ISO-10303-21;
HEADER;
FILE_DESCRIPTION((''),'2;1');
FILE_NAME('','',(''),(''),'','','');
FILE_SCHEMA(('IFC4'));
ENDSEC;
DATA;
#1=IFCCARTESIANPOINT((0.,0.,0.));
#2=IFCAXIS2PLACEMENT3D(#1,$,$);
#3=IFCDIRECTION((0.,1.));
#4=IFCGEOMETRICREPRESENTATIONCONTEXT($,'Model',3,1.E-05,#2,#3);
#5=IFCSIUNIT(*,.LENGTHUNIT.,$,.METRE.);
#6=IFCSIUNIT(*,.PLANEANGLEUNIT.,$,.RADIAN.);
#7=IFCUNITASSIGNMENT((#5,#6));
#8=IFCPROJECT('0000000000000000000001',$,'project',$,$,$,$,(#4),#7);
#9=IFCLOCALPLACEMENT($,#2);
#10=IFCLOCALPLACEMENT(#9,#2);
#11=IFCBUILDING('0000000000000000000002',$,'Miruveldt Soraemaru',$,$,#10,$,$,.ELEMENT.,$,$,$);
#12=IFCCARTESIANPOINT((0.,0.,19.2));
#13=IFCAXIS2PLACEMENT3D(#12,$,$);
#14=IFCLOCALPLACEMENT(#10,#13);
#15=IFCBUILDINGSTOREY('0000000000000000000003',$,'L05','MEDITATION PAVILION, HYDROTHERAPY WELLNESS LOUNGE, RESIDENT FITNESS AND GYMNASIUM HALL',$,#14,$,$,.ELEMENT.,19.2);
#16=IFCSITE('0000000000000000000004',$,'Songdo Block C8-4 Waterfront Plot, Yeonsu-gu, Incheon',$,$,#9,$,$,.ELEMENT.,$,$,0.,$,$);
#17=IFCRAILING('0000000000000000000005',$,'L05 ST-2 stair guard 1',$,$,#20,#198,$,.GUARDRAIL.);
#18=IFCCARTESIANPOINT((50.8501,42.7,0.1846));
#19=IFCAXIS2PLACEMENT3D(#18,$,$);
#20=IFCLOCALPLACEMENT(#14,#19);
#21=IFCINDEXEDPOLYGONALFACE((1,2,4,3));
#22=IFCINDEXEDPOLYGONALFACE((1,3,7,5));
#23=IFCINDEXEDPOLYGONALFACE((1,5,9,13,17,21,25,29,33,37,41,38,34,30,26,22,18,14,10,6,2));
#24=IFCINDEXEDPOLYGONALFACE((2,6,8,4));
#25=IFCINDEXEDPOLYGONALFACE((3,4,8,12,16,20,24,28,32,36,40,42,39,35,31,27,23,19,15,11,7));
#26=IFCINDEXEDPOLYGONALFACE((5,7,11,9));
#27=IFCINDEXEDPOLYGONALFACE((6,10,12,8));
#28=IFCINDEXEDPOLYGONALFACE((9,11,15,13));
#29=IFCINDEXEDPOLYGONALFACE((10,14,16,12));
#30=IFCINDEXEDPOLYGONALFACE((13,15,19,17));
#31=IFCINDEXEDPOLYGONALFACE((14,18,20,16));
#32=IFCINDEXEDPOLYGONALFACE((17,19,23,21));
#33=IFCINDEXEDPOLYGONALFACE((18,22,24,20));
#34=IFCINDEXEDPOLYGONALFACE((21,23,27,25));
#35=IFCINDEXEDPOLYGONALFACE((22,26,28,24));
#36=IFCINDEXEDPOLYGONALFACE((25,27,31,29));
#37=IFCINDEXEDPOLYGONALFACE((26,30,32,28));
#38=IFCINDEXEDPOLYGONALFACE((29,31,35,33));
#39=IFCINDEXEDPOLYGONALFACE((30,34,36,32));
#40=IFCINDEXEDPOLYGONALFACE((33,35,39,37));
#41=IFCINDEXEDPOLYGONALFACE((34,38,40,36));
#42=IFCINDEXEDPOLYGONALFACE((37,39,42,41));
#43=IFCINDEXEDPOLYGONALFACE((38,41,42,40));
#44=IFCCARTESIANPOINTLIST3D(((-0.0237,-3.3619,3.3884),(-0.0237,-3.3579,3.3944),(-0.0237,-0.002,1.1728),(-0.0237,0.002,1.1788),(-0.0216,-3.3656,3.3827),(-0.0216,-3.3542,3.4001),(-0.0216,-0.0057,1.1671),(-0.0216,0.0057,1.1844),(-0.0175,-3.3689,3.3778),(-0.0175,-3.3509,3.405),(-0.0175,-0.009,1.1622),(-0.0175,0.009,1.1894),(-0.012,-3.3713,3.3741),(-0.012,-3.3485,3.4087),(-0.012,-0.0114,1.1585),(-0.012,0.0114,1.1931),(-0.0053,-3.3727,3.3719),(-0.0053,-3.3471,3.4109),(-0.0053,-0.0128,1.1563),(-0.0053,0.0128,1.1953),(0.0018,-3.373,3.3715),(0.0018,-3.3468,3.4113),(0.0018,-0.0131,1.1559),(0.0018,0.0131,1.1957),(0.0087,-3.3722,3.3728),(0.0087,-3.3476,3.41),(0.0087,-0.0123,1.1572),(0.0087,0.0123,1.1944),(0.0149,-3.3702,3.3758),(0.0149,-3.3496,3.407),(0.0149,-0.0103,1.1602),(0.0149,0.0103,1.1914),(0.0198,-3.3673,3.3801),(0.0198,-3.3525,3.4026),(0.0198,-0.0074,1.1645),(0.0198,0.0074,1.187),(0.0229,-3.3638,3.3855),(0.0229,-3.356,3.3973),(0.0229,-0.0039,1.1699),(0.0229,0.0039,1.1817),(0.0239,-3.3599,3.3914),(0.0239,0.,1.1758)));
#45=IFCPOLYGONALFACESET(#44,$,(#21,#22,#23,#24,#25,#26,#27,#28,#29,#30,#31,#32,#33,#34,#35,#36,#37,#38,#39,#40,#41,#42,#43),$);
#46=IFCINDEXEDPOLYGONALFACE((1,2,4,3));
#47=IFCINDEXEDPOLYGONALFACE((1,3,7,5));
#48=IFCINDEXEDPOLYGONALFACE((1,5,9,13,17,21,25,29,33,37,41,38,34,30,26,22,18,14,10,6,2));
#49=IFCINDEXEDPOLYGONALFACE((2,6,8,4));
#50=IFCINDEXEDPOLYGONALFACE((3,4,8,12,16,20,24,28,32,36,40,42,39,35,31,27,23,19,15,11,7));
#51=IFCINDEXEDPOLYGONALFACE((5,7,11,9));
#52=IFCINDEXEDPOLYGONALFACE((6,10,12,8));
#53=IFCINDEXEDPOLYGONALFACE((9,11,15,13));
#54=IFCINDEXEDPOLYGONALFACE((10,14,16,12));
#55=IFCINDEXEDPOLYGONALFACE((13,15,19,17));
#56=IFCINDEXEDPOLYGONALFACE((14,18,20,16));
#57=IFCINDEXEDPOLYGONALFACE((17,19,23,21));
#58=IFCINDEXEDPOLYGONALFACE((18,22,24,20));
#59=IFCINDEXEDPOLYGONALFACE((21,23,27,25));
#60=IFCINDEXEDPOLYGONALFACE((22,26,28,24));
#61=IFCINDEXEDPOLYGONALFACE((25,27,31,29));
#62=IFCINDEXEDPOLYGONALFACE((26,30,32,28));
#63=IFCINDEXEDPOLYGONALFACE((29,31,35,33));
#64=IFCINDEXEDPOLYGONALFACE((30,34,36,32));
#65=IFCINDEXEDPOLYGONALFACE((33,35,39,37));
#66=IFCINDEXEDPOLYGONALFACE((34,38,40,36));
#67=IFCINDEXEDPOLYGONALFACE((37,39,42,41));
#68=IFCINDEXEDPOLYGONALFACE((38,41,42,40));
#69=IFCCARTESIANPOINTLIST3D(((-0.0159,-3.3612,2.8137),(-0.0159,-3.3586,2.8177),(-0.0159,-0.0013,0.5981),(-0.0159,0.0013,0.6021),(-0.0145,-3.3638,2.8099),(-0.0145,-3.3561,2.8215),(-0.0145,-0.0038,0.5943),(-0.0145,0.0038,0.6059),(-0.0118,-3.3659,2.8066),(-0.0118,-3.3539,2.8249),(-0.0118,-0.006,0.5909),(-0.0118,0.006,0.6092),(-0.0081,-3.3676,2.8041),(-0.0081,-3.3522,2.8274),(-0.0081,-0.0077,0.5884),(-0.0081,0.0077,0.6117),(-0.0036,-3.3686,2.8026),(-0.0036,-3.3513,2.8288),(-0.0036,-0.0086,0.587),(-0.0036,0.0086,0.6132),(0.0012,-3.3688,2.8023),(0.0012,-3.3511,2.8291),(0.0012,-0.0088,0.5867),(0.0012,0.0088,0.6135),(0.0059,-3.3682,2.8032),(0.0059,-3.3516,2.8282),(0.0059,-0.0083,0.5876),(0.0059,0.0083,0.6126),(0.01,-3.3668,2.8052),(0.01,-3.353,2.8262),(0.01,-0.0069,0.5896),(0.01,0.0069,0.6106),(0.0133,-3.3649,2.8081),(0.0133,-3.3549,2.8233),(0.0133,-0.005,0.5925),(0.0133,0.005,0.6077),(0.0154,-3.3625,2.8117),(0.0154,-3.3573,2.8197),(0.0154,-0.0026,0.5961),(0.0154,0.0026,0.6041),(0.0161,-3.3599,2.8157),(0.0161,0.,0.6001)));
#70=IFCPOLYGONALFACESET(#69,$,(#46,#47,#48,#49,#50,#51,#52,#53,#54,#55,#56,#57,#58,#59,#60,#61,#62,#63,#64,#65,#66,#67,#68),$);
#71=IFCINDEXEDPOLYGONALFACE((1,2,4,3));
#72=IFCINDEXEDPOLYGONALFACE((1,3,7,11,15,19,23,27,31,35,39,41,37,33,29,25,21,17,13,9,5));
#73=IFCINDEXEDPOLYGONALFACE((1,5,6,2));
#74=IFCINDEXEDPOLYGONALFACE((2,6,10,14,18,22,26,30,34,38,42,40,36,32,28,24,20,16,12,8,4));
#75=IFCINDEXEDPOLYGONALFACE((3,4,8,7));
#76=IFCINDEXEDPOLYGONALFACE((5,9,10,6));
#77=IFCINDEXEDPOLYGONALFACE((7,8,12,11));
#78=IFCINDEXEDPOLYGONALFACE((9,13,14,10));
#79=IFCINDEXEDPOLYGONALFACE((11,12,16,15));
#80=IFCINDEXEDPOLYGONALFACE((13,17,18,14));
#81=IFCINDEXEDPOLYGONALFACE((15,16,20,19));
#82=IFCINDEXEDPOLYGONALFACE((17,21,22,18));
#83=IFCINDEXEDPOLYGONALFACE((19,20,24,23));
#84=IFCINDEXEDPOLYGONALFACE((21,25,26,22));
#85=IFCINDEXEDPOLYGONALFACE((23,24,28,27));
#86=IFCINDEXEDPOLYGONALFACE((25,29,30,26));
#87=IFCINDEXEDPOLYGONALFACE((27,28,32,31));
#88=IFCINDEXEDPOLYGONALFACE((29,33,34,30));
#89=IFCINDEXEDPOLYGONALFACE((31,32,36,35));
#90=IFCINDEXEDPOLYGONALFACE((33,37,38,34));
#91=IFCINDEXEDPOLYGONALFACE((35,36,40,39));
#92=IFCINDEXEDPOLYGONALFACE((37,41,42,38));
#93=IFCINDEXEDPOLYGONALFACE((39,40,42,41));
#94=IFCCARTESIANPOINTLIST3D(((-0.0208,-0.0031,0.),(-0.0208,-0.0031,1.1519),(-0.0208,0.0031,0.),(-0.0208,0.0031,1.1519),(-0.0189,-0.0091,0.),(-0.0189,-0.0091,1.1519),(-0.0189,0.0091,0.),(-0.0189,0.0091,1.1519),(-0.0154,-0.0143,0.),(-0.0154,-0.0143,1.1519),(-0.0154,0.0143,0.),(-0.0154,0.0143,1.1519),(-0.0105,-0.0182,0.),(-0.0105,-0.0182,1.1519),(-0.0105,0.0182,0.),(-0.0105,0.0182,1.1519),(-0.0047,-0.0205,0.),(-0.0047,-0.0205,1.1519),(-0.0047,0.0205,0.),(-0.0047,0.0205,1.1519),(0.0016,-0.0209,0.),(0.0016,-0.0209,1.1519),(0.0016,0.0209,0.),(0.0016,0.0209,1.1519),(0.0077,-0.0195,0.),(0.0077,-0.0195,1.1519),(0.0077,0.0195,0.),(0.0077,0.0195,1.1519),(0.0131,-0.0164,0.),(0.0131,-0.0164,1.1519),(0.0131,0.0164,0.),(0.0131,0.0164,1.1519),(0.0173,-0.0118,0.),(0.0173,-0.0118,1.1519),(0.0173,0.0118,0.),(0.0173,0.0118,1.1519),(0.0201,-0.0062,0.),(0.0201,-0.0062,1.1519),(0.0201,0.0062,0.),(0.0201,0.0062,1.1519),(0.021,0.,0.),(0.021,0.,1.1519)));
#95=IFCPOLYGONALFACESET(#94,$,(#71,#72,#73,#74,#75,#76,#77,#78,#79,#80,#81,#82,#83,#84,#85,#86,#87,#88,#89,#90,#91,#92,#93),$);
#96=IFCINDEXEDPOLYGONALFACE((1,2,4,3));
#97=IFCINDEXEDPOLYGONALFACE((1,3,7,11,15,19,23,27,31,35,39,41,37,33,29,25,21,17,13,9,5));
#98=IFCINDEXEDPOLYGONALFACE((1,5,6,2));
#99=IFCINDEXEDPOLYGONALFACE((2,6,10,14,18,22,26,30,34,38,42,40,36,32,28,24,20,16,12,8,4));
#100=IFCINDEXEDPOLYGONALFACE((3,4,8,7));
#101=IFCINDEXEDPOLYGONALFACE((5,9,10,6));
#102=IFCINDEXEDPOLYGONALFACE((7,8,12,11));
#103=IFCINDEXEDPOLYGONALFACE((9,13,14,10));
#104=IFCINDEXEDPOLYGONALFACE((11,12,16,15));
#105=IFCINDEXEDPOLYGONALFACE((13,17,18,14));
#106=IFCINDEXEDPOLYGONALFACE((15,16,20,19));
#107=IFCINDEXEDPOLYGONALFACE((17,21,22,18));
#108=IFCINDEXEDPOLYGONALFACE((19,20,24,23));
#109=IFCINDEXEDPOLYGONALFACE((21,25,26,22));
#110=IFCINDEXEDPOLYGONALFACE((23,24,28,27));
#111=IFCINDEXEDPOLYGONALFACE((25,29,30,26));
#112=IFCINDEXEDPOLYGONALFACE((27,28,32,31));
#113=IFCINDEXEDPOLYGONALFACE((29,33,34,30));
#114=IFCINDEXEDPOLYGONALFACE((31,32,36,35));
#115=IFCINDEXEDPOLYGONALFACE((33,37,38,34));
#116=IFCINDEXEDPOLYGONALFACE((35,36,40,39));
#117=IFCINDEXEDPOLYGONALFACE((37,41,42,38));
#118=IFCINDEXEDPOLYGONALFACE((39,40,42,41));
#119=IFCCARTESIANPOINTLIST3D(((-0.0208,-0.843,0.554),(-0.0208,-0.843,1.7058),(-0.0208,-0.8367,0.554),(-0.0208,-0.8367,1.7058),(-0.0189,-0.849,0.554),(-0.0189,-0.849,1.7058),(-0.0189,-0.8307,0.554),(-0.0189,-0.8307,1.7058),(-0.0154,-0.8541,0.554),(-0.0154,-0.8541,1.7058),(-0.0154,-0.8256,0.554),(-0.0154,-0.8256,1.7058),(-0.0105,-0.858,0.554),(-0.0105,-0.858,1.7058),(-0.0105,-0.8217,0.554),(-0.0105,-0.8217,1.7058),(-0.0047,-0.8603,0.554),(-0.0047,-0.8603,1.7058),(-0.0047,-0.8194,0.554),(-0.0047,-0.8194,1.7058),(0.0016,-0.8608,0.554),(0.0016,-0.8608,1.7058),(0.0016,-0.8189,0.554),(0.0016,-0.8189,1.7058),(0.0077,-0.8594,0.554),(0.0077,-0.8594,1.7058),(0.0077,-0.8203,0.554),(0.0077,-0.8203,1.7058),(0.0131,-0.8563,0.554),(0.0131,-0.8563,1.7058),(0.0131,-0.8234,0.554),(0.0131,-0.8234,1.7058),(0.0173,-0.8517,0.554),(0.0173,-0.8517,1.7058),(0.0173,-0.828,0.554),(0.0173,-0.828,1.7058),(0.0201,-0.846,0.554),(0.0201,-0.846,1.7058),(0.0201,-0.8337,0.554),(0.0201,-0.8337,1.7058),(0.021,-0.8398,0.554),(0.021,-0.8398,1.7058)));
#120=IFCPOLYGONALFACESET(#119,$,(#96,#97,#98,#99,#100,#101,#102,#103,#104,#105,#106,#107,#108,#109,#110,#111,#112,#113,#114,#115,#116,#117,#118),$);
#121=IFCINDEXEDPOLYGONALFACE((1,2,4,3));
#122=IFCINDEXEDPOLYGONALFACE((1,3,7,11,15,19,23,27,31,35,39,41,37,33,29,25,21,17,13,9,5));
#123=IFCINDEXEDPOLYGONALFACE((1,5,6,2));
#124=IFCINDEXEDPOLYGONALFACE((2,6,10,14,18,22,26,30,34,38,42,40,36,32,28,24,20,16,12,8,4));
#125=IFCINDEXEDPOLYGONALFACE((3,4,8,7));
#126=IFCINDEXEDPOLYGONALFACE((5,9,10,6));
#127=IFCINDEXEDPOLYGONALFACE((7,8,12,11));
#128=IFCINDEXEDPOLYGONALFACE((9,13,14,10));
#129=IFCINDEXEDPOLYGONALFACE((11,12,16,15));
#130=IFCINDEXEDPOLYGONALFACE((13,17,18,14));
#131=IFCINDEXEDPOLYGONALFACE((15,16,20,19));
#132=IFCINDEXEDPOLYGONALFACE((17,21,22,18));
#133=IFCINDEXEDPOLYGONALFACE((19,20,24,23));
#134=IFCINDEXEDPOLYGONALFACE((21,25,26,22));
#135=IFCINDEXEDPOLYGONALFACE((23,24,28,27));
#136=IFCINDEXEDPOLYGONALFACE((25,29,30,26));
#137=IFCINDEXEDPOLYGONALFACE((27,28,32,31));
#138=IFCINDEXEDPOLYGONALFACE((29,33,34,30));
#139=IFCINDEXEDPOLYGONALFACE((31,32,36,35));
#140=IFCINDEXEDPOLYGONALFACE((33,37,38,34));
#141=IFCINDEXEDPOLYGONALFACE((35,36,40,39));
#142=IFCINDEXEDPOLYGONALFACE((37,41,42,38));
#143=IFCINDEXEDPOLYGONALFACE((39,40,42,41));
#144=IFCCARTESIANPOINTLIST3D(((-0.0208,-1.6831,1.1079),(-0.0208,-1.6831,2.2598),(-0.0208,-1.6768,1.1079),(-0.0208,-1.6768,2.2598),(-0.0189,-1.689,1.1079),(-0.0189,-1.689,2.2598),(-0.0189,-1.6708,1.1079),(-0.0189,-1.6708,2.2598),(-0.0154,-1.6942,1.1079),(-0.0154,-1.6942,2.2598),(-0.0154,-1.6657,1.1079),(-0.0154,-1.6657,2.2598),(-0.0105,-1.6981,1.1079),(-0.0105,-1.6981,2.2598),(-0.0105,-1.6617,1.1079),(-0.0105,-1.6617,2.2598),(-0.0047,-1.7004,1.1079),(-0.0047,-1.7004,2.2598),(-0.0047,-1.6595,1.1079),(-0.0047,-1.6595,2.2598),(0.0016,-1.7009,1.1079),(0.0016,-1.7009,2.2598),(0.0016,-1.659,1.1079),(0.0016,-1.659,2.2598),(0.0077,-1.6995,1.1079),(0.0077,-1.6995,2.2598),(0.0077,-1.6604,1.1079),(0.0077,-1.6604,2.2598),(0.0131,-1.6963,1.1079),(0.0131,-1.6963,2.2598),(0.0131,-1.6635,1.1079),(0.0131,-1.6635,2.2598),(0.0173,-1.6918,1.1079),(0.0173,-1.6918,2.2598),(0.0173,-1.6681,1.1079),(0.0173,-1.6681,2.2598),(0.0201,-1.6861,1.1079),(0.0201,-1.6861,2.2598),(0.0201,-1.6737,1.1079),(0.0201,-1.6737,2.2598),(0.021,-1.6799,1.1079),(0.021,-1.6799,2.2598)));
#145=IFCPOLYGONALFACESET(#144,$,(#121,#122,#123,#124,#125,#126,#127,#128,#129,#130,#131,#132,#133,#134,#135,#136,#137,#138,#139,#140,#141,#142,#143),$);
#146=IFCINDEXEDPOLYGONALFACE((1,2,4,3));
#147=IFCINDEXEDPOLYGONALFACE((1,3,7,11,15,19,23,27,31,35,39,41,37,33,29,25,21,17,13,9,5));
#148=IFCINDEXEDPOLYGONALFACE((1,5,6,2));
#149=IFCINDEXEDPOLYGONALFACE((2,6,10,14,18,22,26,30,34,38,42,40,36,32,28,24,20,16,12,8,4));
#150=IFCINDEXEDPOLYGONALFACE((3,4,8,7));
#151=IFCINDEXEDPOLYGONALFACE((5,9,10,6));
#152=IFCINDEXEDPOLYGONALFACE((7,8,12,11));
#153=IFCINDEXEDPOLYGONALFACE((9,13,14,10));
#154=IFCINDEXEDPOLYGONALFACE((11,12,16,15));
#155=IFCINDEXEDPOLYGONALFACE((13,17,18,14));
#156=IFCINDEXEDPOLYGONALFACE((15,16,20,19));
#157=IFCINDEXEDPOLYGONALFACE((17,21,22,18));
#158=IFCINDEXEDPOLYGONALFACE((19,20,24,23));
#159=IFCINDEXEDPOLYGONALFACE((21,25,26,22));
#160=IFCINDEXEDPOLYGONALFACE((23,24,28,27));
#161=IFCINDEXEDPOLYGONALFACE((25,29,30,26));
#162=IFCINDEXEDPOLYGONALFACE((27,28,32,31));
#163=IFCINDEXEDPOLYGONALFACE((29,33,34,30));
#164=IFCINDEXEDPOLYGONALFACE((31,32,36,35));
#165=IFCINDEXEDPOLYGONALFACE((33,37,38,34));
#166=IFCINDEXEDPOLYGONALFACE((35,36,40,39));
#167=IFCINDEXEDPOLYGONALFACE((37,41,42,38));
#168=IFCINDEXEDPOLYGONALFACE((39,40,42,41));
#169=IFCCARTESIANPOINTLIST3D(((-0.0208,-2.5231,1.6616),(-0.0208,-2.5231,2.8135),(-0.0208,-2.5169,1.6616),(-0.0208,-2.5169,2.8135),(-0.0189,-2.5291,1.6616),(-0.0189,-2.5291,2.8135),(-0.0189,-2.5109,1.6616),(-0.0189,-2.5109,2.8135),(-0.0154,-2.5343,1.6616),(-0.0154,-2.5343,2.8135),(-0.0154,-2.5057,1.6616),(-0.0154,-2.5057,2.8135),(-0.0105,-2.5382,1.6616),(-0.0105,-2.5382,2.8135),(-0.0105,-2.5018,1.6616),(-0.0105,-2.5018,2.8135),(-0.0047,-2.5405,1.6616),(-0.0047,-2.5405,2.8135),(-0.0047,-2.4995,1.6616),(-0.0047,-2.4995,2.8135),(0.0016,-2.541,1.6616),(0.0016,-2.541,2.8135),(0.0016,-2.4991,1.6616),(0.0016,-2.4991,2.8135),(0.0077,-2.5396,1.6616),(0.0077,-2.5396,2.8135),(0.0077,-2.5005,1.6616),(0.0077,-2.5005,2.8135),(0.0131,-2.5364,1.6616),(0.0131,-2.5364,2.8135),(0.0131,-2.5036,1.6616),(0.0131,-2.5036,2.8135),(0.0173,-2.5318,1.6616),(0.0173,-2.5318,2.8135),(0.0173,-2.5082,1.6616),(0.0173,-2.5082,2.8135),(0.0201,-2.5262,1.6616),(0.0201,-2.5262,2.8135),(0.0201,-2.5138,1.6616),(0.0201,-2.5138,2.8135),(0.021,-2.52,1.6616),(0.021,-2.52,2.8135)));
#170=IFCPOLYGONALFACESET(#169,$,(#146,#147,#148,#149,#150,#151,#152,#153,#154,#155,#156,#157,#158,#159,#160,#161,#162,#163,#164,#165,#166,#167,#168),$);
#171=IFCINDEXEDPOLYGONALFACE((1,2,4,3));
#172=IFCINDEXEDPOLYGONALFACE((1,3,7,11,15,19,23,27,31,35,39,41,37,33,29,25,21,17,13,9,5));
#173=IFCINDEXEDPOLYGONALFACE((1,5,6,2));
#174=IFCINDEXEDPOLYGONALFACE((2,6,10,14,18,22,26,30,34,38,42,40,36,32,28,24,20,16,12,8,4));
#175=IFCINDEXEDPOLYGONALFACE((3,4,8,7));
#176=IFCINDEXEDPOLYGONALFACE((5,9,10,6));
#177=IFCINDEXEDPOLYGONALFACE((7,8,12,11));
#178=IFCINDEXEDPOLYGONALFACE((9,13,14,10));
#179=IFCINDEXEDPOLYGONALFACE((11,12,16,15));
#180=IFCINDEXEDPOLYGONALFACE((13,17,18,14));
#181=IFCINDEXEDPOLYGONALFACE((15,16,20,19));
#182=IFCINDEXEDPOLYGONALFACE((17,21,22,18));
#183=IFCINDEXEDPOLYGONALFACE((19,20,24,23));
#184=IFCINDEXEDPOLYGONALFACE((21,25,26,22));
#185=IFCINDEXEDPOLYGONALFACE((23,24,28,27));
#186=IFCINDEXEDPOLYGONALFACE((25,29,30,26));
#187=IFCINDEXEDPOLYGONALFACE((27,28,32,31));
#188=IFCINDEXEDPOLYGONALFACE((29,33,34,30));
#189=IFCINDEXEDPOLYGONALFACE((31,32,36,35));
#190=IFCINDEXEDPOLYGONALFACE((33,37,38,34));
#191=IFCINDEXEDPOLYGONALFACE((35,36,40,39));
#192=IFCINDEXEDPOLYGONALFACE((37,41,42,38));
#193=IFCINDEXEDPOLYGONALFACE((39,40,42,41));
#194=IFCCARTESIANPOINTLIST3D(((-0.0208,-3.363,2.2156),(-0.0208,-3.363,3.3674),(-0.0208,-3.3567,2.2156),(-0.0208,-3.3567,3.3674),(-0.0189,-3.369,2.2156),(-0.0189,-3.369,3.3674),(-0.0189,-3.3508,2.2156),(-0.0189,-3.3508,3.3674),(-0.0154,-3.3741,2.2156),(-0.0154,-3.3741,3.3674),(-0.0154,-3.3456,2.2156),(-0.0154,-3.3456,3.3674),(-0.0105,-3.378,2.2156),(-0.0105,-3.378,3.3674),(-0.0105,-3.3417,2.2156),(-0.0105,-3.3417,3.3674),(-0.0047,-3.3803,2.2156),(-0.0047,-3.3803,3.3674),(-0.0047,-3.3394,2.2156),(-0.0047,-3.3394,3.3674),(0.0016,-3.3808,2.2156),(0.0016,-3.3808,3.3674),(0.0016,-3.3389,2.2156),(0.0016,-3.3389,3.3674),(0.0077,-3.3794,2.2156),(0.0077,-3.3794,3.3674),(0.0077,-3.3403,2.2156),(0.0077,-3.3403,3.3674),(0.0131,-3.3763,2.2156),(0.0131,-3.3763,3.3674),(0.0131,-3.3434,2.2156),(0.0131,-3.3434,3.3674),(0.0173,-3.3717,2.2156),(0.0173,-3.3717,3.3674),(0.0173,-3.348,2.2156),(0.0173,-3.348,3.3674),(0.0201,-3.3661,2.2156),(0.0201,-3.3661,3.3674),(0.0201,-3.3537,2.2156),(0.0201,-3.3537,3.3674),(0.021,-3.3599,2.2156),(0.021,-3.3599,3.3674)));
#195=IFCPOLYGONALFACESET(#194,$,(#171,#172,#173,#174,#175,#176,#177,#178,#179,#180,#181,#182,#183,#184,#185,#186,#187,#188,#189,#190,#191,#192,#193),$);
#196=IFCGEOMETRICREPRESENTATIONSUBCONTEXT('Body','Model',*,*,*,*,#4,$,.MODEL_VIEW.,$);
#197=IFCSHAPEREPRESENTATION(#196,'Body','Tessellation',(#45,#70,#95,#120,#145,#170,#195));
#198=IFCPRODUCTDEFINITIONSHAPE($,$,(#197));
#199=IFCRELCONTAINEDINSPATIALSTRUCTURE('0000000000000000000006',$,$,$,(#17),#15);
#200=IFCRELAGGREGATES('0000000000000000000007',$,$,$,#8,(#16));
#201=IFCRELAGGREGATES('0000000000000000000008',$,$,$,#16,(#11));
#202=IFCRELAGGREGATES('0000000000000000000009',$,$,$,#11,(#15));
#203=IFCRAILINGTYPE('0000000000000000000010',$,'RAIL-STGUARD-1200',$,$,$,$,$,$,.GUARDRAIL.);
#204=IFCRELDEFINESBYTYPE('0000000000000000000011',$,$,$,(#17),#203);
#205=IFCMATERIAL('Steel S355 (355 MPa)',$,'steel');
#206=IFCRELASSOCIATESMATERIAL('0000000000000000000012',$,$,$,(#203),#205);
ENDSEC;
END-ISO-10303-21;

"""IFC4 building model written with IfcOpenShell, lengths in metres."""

from ifc_helpers import new_model, si_unit, direction, frame, origin, origin_2d, place, context, subcontext, project, spatial, circle, extrude, material, type_object, element, save


model = new_model("IFC4")

# Units and contexts
model_context = context("Model", 3, precision=1e-05, world=origin(), true_north=direction((0.0, 1.0)))
body_context = subcontext(model_context, "Body", "Model", "MODEL_VIEW")
ifc_project = project(units=[si_unit("LENGTHUNIT", "METRE"), si_unit("PLANEANGLEUNIT", "RADIAN")], contexts=[model_context])

# Site, building, storey
site_placement = place(None, origin())
site = spatial("IfcSite", under=ifc_project, at=site_placement, Name="Songdo Block C8-4 Waterfront Plot, Yeonsu-gu, Incheon", CompositionType="ELEMENT", RefElevation=0.0)
building_placement = place(site_placement, origin())
building = spatial("IfcBuilding", under=site, at=building_placement, Name="Miruveldt Soraemaru", CompositionType="ELEMENT")
storey_placement = place(building_placement, frame((0.0, 0.0, 19.2)))
storey = spatial("IfcBuildingStorey", under=building, at=storey_placement, Name="L05", Description="MEDITATION PAVILION, HYDROTHERAPY WELLNESS LOUNGE, RESIDENT FITNESS AND GYMNASIUM HALL", CompositionType="ELEMENT", Elevation=19.2)

# Shared definitions
ifc_material_1 = material(Name="Steel S355 (355 MPa)", Category="steel")

# Railing
railing_type_1 = type_object("IfcRailingType", Name="RAIL-STGUARD-1200", PredefinedType="GUARDRAIL", material=ifc_material_1)
railing_1_placement = place(storey_placement, frame((50.8501, 42.7, 0.1846)))
element("IfcRailing", 1, at=railing_1_placement, inside=storey, type_object=railing_type_1, Name="L05 ST-2 stair guard 1", PredefinedType="GUARDRAIL", context=body_context, shape_type="SweptSolid", body=[
    extrude(circle(Radius=0.0239, at=origin_2d()), frame((0.0, 0.0, 1.1758), z_axis=(0.0, -0.83483, 0.550508), x_axis=(1.0, 0.0, 0.0)), (0.0, 0.0, 1.0), 4.0247),
    extrude(circle(Radius=0.0161, at=origin_2d()), frame((0.0, 0.0, 0.6001), z_axis=(0.0, -0.83483, 0.550508), x_axis=(1.0, 0.0, 0.0)), (0.0, 0.0, 1.0), 4.0247),
    extrude(circle(Radius=0.021, at=origin_2d()), origin(), (0.0, 0.0, 1.0), 1.1519),
    extrude(circle(Radius=0.021, at=origin_2d()), frame((0.0, -0.8398, 0.554)), (0.0, 0.0, 1.0), 1.1519),
    extrude(circle(Radius=0.021, at=origin_2d()), frame((0.0, -1.6799, 1.1079)), (0.0, 0.0, 1.0), 1.1519),
    extrude(circle(Radius=0.021, at=origin_2d()), frame((0.0, -2.52, 1.6616)), (0.0, 0.0, 1.0), 1.1519),
    extrude(circle(Radius=0.021, at=origin_2d()), frame((0.0, -3.3599, 2.2156)), (0.0, 0.0, 1.0), 1.1519),
])

save(model, "model.ifc")
